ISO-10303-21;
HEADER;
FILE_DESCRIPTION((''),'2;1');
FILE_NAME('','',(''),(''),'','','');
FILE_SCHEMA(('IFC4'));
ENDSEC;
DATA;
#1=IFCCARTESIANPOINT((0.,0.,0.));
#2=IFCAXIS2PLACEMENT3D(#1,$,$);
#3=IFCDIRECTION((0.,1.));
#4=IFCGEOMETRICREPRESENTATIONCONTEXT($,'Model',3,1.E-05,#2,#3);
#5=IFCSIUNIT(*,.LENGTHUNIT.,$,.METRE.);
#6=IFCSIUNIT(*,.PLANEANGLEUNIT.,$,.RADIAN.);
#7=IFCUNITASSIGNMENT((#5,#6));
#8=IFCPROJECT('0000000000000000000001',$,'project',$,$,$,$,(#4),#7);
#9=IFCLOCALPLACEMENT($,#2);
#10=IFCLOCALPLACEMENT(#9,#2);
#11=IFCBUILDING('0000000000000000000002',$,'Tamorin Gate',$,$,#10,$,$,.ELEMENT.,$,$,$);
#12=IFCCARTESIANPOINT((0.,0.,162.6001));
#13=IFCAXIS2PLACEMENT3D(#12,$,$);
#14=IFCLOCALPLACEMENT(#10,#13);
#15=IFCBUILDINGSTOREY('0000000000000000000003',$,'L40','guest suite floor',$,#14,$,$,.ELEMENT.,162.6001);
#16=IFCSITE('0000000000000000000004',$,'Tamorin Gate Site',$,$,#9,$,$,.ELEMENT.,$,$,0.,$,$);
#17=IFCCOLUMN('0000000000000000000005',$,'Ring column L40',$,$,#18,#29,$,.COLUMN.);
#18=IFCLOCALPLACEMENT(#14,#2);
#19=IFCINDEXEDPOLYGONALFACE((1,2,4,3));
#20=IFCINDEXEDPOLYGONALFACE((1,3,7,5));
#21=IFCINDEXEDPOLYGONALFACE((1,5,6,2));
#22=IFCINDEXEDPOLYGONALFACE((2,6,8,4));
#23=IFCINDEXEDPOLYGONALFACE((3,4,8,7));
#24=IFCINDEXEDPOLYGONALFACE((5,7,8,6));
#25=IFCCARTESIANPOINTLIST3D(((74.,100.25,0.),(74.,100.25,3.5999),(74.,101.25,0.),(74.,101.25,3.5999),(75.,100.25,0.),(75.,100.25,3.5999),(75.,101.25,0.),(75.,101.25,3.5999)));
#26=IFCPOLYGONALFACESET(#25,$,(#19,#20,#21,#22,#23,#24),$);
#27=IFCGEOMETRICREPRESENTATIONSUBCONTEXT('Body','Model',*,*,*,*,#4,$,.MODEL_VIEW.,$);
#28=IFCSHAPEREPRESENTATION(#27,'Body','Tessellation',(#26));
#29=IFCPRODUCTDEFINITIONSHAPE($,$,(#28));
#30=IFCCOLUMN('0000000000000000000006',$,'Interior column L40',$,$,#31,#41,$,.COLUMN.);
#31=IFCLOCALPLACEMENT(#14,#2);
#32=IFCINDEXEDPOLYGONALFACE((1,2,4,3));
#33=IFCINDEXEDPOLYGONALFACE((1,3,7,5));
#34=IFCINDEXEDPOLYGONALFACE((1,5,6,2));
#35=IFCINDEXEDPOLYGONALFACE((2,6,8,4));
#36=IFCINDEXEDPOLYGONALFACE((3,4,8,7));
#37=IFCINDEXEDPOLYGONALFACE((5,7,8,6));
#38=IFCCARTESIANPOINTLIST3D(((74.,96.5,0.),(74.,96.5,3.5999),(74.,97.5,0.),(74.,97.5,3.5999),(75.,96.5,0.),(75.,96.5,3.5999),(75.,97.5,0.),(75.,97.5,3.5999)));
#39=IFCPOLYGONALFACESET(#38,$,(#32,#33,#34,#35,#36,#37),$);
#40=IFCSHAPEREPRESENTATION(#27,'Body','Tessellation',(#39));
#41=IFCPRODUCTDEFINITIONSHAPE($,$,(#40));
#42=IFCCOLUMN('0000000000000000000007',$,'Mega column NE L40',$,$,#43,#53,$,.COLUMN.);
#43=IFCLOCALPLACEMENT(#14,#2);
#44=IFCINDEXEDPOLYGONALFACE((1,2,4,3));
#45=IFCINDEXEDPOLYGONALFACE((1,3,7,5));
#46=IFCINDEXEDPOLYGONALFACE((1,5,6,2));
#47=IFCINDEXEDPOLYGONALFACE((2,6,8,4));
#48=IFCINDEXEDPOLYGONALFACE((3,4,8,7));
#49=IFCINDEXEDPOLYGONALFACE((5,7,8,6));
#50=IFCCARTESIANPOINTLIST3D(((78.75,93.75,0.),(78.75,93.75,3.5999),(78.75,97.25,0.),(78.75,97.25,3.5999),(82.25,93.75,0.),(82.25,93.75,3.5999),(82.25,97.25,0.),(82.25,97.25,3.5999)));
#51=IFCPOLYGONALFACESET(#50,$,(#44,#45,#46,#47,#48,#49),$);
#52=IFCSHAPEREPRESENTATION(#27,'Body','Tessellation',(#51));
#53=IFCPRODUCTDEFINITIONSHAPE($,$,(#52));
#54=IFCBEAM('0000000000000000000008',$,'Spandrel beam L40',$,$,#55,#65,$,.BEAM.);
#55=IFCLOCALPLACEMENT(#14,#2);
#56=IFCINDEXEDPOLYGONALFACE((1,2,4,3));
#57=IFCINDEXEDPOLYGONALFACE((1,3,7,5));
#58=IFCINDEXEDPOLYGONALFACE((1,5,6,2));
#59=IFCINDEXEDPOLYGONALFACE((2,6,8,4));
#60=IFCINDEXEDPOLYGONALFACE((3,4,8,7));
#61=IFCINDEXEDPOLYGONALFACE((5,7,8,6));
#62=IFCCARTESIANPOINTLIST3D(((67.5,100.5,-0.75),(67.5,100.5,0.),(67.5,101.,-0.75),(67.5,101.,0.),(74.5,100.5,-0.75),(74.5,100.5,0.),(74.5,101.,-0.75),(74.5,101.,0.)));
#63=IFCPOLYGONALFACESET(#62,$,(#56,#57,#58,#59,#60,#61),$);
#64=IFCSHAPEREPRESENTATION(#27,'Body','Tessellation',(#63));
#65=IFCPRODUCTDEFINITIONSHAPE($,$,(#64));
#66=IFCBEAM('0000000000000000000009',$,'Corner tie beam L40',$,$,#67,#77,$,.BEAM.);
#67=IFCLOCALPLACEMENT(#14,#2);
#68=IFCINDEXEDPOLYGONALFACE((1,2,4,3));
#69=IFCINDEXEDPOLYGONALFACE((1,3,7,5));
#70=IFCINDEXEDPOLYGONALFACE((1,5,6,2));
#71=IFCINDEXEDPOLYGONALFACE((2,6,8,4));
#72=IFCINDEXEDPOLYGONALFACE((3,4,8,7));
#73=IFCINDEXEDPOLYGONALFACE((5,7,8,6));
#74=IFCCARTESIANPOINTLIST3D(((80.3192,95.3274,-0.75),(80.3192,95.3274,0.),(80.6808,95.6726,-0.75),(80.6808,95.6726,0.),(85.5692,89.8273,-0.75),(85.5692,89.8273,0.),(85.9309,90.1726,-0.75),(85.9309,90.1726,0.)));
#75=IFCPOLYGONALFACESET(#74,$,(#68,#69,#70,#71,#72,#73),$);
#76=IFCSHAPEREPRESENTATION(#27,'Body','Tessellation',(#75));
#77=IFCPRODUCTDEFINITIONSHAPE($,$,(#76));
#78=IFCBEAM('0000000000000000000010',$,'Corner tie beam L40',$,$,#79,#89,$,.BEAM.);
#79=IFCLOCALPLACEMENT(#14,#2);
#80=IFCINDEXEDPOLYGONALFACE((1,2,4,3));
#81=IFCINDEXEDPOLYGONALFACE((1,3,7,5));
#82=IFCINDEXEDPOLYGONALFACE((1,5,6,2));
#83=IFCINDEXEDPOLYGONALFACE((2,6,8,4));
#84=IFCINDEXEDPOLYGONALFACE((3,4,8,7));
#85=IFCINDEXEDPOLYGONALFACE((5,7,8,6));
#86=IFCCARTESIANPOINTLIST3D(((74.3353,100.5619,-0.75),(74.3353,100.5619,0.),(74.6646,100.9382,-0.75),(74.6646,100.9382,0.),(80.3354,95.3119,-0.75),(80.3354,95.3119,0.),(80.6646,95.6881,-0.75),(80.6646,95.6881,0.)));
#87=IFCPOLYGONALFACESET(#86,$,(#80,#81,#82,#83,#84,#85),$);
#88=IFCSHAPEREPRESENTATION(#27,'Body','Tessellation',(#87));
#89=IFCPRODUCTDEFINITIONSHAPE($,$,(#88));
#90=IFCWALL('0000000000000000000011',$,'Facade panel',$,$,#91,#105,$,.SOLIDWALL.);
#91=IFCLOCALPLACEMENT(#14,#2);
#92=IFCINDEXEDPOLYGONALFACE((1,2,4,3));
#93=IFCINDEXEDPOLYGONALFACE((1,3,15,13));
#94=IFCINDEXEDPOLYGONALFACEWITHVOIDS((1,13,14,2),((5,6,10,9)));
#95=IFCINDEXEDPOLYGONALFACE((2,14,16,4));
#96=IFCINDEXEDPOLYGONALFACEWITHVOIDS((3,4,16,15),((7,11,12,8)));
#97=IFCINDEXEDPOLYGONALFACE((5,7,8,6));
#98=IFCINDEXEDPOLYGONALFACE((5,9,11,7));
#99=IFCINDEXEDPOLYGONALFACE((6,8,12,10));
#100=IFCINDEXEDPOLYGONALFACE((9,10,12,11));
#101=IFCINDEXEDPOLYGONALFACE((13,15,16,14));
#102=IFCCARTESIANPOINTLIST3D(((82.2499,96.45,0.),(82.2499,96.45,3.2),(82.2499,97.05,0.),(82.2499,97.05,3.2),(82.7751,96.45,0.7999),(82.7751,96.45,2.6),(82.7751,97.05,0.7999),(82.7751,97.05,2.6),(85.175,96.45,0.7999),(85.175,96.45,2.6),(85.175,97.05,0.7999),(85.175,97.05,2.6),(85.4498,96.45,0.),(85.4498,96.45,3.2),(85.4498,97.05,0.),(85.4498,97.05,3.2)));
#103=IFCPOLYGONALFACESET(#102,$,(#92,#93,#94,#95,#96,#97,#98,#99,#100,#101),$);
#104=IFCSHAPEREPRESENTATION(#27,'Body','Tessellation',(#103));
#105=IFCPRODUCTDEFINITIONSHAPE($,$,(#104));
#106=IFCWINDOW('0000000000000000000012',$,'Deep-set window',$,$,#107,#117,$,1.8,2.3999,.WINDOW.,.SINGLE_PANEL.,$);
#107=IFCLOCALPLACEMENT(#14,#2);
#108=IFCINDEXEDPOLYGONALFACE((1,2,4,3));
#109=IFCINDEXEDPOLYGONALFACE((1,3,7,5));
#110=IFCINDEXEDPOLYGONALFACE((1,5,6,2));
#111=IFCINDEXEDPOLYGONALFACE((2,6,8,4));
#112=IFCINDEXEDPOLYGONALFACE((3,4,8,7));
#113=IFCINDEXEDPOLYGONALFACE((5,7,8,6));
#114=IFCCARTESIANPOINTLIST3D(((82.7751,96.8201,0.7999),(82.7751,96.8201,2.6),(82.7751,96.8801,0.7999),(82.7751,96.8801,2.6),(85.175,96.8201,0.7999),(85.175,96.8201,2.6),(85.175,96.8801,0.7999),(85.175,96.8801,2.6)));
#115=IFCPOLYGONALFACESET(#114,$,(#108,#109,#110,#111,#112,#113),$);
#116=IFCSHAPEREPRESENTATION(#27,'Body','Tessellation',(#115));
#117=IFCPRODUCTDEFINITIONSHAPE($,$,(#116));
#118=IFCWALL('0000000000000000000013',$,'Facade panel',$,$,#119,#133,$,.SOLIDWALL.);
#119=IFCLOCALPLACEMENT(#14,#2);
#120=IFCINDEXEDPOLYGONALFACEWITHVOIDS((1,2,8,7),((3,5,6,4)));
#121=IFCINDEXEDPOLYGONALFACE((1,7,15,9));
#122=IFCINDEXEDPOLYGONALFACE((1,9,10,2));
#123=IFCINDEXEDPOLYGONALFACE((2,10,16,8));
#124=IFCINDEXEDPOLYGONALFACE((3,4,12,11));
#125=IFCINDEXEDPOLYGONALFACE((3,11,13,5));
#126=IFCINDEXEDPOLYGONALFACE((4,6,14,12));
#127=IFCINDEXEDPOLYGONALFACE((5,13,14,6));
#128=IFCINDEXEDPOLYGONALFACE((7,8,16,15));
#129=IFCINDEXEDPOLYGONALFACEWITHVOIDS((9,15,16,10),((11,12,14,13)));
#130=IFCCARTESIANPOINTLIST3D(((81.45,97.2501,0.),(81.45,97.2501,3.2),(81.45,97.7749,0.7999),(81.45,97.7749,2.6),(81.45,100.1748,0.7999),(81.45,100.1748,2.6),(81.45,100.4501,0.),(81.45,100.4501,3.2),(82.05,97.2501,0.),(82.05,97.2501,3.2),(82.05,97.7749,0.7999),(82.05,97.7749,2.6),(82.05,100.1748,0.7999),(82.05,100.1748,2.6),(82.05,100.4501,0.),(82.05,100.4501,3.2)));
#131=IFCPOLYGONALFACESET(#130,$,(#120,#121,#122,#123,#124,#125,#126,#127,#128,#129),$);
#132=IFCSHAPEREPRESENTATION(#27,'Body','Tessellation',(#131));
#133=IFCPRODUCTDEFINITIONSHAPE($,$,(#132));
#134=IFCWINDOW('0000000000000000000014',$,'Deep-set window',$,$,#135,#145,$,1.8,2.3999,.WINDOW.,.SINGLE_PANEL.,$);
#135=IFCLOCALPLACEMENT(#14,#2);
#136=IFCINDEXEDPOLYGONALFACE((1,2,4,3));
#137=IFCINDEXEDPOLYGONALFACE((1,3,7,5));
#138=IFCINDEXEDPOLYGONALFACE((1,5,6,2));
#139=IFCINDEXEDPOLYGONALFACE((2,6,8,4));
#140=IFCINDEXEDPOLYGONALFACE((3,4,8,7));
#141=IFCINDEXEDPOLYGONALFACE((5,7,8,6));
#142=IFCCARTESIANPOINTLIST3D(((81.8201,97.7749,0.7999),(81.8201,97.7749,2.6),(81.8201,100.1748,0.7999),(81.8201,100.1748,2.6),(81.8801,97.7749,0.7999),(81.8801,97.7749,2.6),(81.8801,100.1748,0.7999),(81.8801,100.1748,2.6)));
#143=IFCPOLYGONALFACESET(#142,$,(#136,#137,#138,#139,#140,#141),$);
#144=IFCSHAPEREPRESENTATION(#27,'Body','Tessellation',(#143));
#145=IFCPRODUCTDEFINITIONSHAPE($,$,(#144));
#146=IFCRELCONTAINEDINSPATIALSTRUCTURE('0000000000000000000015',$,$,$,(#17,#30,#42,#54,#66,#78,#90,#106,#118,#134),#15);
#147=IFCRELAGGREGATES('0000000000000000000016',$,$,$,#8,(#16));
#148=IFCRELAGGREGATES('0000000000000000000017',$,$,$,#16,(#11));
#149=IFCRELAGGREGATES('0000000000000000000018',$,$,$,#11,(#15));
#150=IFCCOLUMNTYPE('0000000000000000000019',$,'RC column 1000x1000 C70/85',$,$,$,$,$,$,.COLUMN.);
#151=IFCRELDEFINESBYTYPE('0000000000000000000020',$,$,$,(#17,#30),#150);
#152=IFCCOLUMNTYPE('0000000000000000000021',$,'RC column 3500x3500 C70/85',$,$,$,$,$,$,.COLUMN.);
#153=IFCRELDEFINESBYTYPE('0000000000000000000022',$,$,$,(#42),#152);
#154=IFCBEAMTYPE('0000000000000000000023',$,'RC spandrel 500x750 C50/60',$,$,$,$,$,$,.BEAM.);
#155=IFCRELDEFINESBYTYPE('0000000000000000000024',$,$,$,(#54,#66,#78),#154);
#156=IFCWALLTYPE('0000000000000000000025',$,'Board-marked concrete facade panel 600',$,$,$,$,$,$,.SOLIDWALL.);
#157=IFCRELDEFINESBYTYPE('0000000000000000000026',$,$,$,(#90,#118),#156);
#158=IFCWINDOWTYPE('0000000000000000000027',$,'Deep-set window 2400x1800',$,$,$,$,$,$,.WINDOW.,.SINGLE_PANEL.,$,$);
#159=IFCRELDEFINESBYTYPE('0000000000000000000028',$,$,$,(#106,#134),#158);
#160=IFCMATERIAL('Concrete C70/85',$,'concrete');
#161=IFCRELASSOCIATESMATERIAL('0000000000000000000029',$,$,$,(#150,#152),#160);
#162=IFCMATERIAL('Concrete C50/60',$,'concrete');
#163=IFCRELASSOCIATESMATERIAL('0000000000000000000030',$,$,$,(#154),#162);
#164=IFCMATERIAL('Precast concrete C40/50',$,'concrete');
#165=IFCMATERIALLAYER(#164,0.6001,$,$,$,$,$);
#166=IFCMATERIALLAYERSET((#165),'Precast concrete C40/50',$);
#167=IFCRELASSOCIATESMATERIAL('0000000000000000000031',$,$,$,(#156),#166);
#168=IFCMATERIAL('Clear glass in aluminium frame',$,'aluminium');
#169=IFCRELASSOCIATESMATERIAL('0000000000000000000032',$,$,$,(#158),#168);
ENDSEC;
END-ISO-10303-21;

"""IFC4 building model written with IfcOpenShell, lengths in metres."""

from ifc_helpers import new_model, si_unit, direction, frame, frame_2d, origin, origin_2d, place, context, subcontext, project, spatial, rectangle, extrude, material, layer, layer_set, material_profile, profile_set, type_object, element, fill, save


model = new_model("IFC4")

# Units and contexts
model_context = context("Model", 3, precision=1e-05, world=origin(), true_north=direction((0.0, 1.0)))
body_context = subcontext(model_context, "Body", "Model", "MODEL_VIEW")
ifc_project = project(units=[si_unit("LENGTHUNIT", "METRE"), si_unit("PLANEANGLEUNIT", "RADIAN")], contexts=[model_context])

# Site, building, storey
site_placement = place(None, origin())
site = spatial("IfcSite", under=ifc_project, at=site_placement, Name="Tamorin Gate Site", CompositionType="ELEMENT", RefElevation=0.0)
building_placement = place(site_placement, origin())
building = spatial("IfcBuilding", under=site, at=building_placement, Name="Tamorin Gate", CompositionType="ELEMENT")
storey_placement = place(building_placement, frame((0.0, 0.0, 162.6001)))
storey = spatial("IfcBuildingStorey", under=building, at=storey_placement, Name="L40", Description="guest suite floor", CompositionType="ELEMENT", Elevation=162.6001)

# Columns
ifc_material_1 = material(Name="Concrete C70/85", Category="concrete")
ifc_material_profile_1 = material_profile(ifc_material_1, rectangle(XDim=1.0, YDim=1.0, at=origin_2d()), Name="RC 1000x1000")
ifc_profile_set_1 = profile_set([ifc_material_profile_1], Name="Concrete C70/85")
column_type_1 = type_object("IfcColumnType", Name="RC column 1000x1000 C70/85", PredefinedType="COLUMN", material=ifc_profile_set_1)
for number, where, z_axis, x_axis, name in (
    (1, (74.5, 100.75, 0.0), (0.0, 0.0, 1.0), (1.0, 0.0, 0.0), "Ring column L40"),
    (2, (74.5, 97.0, 0.0), (0.0, 0.0, 1.0), (1.0, 0.0, 0.0), "Interior column L40"),
):
    element("IfcColumn", number, at=place(storey_placement, frame(where, z_axis=z_axis, x_axis=x_axis)), inside=storey, type_object=column_type_1, Name=name, PredefinedType="COLUMN", context=body_context, shape_type="SweptSolid", body=[
        extrude(rectangle(XDim=1.0, YDim=1.0, at=origin_2d()), origin(), (0.0, 0.0, 1.0), 3.5999),
    ])
ifc_material_profile_2 = material_profile(ifc_material_1, rectangle(XDim=3.5, YDim=3.5, at=origin_2d()), Name="RC 3500x3500")
ifc_profile_set_2 = profile_set([ifc_material_profile_2], Name="Concrete C70/85")
column_type_2 = type_object("IfcColumnType", Name="RC column 3500x3500 C70/85", PredefinedType="COLUMN", material=ifc_profile_set_2)
column_placement = place(storey_placement, frame((80.5, 95.5, 0.0), z_axis=(0.0, 0.0, 1.0), x_axis=(1.0, 0.0, 0.0)))
element("IfcColumn", 3, at=column_placement, inside=storey, type_object=column_type_2, Name="Mega column NE L40", PredefinedType="COLUMN", context=body_context, shape_type="SweptSolid", body=[
    extrude(rectangle(XDim=3.5, YDim=3.5, at=origin_2d()), origin(), (0.0, 0.0, 1.0), 3.5999),
])

# Beams
ifc_material_2 = material(Name="Concrete C50/60", Category="concrete")
ifc_material_profile_3 = material_profile(ifc_material_2, rectangle(XDim=0.5, YDim=0.75, at=origin_2d()), Name="RC 500x750")
ifc_profile_set_3 = profile_set([ifc_material_profile_3], Name="Concrete C50/60")
beam_type = type_object("IfcBeamType", Name="RC spandrel 500x750 C50/60", PredefinedType="BEAM", material=ifc_profile_set_3)
beam_1_placement = place(storey_placement, frame((74.5, 100.75, -0.375), z_axis=(-1.0, 0.0, 0.0), x_axis=(0.0, -1.0, 0.0)))
element("IfcBeam", 4, at=beam_1_placement, inside=storey, type_object=beam_type, Name="Spandrel beam L40", PredefinedType="BEAM", context=body_context, shape_type="SweptSolid", body=[
    extrude(rectangle(XDim=0.5, YDim=0.75, at=origin_2d()), origin(), (0.0, 0.0, 1.0), 7.0),
])
beam_2_placement = place(storey_placement, frame((80.5, 95.5, -0.375), z_axis=(0.690476, -0.723356, 0.0), x_axis=(0.723356, 0.690476, 0.0)))
element("IfcBeam", 5, at=beam_2_placement, inside=storey, type_object=beam_type, Name="Corner tie beam L40", PredefinedType="BEAM", context=body_context, shape_type="SweptSolid", body=[
    extrude(rectangle(XDim=0.5, YDim=0.75, at=origin_2d()), origin(), (0.0, 0.0, 1.0), 7.6035),
])
beam_3_placement = place(storey_placement, frame((80.5, 95.5, -0.375), z_axis=(-0.752577, 0.658505, 0.0), x_axis=(-0.658505, -0.752577, 0.0)))
element("IfcBeam", 6, at=beam_3_placement, inside=storey, type_object=beam_type, Name="Corner tie beam L40", PredefinedType="BEAM", context=body_context, shape_type="SweptSolid", body=[
    extrude(rectangle(XDim=0.5, YDim=0.75, at=origin_2d()), origin(), (0.0, 0.0, 1.0), 7.9727),
])

# Walls, openings, windows
ifc_material_3 = material(Name="Precast concrete C40/50", Category="concrete")
ifc_layer_1 = layer(ifc_material_3, 0.6001)
ifc_layer_set_1 = layer_set([ifc_layer_1], Name="Precast concrete C40/50")
wall_type_1 = type_object("IfcWallType", Name="Board-marked concrete facade panel 600", PredefinedType="SOLIDWALL", material=ifc_layer_set_1)
wall_1_placement = place(storey_placement, frame((85.45, 96.75, 0.0), z_axis=(0.0, 0.0, 1.0), x_axis=(-1.0, 0.0, 0.0)))
wall_1 = element("IfcWall", 7, at=wall_1_placement, inside=storey, type_object=wall_type_1, Name="Facade panel", PredefinedType="SOLIDWALL", context=body_context, shape_type="SweptSolid", body=[
    extrude(rectangle(XDim=3.2, YDim=0.6001, at=frame_2d((1.6001, 0.0))), origin(), (0.0, 0.0, 1.0), 3.2),
])
opening_1_placement = place(wall_1_placement, frame((0.2749, 0.0, 0.8)))
opening_1 = element("IfcOpeningElement", 8, at=opening_1_placement, cuts=wall_1, PredefinedType="OPENING", context=body_context, shape_type="SweptSolid", body=[
    extrude(rectangle(XDim=2.3999, YDim=1.8, at=frame_2d((1.2, 0.8999))), frame((0.0, 0.3101, 0.0), z_axis=(0.0, -1.0, 0.0), x_axis=(1.0, 0.0, 0.0)), (0.0, 0.0, 1.0), 0.6201),
])
ifc_material_4 = material(Name="Clear glass in aluminium frame", Category="aluminium")
window_type_1 = type_object("IfcWindowType", Name="Deep-set window 2400x1800", PartitioningType="SINGLE_PANEL", PredefinedType="WINDOW", material=ifc_material_4)
window_1_placement = place(opening_1_placement, origin())
window_1 = element("IfcWindow", 9, at=window_1_placement, inside=storey, type_object=window_type_1, Name="Deep-set window", OverallHeight=1.8, OverallWidth=2.3999, PartitioningType="SINGLE_PANEL", PredefinedType="WINDOW", context=body_context, shape_type="SweptSolid", body=[
    extrude(rectangle(XDim=2.3999, YDim=1.8, at=frame_2d((1.2, 0.8999))), frame((0.0, -0.0701, 0.0), z_axis=(0.0, -1.0, 0.0), x_axis=(1.0, 0.0, 0.0)), (0.0, 0.0, 1.0), 0.0601),
])
fill(opening_1, window_1)
wall_2_placement = place(storey_placement, frame((81.75, 97.25, 0.0), z_axis=(0.0, 0.0, 1.0), x_axis=(0.0, 1.0, 0.0)))
wall_2 = element("IfcWall", 10, at=wall_2_placement, inside=storey, type_object=wall_type_1, Name="Facade panel", PredefinedType="SOLIDWALL", context=body_context, shape_type="SweptSolid", body=[
    extrude(rectangle(XDim=3.2, YDim=0.6001, at=frame_2d((1.6001, 0.0))), origin(), (0.0, 0.0, 1.0), 3.2),
])
opening_2_placement = place(wall_2_placement, frame((0.5249, 0.0, 0.8)))
opening_2 = element("IfcOpeningElement", 11, at=opening_2_placement, cuts=wall_2, PredefinedType="OPENING", context=body_context, shape_type="SweptSolid", body=[
    extrude(rectangle(XDim=2.3999, YDim=1.8, at=frame_2d((1.2, 0.8999))), frame((0.0, 0.3101, 0.0), z_axis=(0.0, -1.0, 0.0), x_axis=(1.0, 0.0, 0.0)), (0.0, 0.0, 1.0), 0.6201),
])
window_2_placement = place(opening_2_placement, origin())
window_2 = element("IfcWindow", 12, at=window_2_placement, inside=storey, type_object=window_type_1, Name="Deep-set window", OverallHeight=1.8, OverallWidth=2.3999, PartitioningType="SINGLE_PANEL", PredefinedType="WINDOW", context=body_context, shape_type="SweptSolid", body=[
    extrude(rectangle(XDim=2.3999, YDim=1.8, at=frame_2d((1.2, 0.8999))), frame((0.0, -0.0701, 0.0), z_axis=(0.0, -1.0, 0.0), x_axis=(1.0, 0.0, 0.0)), (0.0, 0.0, 1.0), 0.0601),
])
fill(opening_2, window_2)

save(model, "model.ifc")
